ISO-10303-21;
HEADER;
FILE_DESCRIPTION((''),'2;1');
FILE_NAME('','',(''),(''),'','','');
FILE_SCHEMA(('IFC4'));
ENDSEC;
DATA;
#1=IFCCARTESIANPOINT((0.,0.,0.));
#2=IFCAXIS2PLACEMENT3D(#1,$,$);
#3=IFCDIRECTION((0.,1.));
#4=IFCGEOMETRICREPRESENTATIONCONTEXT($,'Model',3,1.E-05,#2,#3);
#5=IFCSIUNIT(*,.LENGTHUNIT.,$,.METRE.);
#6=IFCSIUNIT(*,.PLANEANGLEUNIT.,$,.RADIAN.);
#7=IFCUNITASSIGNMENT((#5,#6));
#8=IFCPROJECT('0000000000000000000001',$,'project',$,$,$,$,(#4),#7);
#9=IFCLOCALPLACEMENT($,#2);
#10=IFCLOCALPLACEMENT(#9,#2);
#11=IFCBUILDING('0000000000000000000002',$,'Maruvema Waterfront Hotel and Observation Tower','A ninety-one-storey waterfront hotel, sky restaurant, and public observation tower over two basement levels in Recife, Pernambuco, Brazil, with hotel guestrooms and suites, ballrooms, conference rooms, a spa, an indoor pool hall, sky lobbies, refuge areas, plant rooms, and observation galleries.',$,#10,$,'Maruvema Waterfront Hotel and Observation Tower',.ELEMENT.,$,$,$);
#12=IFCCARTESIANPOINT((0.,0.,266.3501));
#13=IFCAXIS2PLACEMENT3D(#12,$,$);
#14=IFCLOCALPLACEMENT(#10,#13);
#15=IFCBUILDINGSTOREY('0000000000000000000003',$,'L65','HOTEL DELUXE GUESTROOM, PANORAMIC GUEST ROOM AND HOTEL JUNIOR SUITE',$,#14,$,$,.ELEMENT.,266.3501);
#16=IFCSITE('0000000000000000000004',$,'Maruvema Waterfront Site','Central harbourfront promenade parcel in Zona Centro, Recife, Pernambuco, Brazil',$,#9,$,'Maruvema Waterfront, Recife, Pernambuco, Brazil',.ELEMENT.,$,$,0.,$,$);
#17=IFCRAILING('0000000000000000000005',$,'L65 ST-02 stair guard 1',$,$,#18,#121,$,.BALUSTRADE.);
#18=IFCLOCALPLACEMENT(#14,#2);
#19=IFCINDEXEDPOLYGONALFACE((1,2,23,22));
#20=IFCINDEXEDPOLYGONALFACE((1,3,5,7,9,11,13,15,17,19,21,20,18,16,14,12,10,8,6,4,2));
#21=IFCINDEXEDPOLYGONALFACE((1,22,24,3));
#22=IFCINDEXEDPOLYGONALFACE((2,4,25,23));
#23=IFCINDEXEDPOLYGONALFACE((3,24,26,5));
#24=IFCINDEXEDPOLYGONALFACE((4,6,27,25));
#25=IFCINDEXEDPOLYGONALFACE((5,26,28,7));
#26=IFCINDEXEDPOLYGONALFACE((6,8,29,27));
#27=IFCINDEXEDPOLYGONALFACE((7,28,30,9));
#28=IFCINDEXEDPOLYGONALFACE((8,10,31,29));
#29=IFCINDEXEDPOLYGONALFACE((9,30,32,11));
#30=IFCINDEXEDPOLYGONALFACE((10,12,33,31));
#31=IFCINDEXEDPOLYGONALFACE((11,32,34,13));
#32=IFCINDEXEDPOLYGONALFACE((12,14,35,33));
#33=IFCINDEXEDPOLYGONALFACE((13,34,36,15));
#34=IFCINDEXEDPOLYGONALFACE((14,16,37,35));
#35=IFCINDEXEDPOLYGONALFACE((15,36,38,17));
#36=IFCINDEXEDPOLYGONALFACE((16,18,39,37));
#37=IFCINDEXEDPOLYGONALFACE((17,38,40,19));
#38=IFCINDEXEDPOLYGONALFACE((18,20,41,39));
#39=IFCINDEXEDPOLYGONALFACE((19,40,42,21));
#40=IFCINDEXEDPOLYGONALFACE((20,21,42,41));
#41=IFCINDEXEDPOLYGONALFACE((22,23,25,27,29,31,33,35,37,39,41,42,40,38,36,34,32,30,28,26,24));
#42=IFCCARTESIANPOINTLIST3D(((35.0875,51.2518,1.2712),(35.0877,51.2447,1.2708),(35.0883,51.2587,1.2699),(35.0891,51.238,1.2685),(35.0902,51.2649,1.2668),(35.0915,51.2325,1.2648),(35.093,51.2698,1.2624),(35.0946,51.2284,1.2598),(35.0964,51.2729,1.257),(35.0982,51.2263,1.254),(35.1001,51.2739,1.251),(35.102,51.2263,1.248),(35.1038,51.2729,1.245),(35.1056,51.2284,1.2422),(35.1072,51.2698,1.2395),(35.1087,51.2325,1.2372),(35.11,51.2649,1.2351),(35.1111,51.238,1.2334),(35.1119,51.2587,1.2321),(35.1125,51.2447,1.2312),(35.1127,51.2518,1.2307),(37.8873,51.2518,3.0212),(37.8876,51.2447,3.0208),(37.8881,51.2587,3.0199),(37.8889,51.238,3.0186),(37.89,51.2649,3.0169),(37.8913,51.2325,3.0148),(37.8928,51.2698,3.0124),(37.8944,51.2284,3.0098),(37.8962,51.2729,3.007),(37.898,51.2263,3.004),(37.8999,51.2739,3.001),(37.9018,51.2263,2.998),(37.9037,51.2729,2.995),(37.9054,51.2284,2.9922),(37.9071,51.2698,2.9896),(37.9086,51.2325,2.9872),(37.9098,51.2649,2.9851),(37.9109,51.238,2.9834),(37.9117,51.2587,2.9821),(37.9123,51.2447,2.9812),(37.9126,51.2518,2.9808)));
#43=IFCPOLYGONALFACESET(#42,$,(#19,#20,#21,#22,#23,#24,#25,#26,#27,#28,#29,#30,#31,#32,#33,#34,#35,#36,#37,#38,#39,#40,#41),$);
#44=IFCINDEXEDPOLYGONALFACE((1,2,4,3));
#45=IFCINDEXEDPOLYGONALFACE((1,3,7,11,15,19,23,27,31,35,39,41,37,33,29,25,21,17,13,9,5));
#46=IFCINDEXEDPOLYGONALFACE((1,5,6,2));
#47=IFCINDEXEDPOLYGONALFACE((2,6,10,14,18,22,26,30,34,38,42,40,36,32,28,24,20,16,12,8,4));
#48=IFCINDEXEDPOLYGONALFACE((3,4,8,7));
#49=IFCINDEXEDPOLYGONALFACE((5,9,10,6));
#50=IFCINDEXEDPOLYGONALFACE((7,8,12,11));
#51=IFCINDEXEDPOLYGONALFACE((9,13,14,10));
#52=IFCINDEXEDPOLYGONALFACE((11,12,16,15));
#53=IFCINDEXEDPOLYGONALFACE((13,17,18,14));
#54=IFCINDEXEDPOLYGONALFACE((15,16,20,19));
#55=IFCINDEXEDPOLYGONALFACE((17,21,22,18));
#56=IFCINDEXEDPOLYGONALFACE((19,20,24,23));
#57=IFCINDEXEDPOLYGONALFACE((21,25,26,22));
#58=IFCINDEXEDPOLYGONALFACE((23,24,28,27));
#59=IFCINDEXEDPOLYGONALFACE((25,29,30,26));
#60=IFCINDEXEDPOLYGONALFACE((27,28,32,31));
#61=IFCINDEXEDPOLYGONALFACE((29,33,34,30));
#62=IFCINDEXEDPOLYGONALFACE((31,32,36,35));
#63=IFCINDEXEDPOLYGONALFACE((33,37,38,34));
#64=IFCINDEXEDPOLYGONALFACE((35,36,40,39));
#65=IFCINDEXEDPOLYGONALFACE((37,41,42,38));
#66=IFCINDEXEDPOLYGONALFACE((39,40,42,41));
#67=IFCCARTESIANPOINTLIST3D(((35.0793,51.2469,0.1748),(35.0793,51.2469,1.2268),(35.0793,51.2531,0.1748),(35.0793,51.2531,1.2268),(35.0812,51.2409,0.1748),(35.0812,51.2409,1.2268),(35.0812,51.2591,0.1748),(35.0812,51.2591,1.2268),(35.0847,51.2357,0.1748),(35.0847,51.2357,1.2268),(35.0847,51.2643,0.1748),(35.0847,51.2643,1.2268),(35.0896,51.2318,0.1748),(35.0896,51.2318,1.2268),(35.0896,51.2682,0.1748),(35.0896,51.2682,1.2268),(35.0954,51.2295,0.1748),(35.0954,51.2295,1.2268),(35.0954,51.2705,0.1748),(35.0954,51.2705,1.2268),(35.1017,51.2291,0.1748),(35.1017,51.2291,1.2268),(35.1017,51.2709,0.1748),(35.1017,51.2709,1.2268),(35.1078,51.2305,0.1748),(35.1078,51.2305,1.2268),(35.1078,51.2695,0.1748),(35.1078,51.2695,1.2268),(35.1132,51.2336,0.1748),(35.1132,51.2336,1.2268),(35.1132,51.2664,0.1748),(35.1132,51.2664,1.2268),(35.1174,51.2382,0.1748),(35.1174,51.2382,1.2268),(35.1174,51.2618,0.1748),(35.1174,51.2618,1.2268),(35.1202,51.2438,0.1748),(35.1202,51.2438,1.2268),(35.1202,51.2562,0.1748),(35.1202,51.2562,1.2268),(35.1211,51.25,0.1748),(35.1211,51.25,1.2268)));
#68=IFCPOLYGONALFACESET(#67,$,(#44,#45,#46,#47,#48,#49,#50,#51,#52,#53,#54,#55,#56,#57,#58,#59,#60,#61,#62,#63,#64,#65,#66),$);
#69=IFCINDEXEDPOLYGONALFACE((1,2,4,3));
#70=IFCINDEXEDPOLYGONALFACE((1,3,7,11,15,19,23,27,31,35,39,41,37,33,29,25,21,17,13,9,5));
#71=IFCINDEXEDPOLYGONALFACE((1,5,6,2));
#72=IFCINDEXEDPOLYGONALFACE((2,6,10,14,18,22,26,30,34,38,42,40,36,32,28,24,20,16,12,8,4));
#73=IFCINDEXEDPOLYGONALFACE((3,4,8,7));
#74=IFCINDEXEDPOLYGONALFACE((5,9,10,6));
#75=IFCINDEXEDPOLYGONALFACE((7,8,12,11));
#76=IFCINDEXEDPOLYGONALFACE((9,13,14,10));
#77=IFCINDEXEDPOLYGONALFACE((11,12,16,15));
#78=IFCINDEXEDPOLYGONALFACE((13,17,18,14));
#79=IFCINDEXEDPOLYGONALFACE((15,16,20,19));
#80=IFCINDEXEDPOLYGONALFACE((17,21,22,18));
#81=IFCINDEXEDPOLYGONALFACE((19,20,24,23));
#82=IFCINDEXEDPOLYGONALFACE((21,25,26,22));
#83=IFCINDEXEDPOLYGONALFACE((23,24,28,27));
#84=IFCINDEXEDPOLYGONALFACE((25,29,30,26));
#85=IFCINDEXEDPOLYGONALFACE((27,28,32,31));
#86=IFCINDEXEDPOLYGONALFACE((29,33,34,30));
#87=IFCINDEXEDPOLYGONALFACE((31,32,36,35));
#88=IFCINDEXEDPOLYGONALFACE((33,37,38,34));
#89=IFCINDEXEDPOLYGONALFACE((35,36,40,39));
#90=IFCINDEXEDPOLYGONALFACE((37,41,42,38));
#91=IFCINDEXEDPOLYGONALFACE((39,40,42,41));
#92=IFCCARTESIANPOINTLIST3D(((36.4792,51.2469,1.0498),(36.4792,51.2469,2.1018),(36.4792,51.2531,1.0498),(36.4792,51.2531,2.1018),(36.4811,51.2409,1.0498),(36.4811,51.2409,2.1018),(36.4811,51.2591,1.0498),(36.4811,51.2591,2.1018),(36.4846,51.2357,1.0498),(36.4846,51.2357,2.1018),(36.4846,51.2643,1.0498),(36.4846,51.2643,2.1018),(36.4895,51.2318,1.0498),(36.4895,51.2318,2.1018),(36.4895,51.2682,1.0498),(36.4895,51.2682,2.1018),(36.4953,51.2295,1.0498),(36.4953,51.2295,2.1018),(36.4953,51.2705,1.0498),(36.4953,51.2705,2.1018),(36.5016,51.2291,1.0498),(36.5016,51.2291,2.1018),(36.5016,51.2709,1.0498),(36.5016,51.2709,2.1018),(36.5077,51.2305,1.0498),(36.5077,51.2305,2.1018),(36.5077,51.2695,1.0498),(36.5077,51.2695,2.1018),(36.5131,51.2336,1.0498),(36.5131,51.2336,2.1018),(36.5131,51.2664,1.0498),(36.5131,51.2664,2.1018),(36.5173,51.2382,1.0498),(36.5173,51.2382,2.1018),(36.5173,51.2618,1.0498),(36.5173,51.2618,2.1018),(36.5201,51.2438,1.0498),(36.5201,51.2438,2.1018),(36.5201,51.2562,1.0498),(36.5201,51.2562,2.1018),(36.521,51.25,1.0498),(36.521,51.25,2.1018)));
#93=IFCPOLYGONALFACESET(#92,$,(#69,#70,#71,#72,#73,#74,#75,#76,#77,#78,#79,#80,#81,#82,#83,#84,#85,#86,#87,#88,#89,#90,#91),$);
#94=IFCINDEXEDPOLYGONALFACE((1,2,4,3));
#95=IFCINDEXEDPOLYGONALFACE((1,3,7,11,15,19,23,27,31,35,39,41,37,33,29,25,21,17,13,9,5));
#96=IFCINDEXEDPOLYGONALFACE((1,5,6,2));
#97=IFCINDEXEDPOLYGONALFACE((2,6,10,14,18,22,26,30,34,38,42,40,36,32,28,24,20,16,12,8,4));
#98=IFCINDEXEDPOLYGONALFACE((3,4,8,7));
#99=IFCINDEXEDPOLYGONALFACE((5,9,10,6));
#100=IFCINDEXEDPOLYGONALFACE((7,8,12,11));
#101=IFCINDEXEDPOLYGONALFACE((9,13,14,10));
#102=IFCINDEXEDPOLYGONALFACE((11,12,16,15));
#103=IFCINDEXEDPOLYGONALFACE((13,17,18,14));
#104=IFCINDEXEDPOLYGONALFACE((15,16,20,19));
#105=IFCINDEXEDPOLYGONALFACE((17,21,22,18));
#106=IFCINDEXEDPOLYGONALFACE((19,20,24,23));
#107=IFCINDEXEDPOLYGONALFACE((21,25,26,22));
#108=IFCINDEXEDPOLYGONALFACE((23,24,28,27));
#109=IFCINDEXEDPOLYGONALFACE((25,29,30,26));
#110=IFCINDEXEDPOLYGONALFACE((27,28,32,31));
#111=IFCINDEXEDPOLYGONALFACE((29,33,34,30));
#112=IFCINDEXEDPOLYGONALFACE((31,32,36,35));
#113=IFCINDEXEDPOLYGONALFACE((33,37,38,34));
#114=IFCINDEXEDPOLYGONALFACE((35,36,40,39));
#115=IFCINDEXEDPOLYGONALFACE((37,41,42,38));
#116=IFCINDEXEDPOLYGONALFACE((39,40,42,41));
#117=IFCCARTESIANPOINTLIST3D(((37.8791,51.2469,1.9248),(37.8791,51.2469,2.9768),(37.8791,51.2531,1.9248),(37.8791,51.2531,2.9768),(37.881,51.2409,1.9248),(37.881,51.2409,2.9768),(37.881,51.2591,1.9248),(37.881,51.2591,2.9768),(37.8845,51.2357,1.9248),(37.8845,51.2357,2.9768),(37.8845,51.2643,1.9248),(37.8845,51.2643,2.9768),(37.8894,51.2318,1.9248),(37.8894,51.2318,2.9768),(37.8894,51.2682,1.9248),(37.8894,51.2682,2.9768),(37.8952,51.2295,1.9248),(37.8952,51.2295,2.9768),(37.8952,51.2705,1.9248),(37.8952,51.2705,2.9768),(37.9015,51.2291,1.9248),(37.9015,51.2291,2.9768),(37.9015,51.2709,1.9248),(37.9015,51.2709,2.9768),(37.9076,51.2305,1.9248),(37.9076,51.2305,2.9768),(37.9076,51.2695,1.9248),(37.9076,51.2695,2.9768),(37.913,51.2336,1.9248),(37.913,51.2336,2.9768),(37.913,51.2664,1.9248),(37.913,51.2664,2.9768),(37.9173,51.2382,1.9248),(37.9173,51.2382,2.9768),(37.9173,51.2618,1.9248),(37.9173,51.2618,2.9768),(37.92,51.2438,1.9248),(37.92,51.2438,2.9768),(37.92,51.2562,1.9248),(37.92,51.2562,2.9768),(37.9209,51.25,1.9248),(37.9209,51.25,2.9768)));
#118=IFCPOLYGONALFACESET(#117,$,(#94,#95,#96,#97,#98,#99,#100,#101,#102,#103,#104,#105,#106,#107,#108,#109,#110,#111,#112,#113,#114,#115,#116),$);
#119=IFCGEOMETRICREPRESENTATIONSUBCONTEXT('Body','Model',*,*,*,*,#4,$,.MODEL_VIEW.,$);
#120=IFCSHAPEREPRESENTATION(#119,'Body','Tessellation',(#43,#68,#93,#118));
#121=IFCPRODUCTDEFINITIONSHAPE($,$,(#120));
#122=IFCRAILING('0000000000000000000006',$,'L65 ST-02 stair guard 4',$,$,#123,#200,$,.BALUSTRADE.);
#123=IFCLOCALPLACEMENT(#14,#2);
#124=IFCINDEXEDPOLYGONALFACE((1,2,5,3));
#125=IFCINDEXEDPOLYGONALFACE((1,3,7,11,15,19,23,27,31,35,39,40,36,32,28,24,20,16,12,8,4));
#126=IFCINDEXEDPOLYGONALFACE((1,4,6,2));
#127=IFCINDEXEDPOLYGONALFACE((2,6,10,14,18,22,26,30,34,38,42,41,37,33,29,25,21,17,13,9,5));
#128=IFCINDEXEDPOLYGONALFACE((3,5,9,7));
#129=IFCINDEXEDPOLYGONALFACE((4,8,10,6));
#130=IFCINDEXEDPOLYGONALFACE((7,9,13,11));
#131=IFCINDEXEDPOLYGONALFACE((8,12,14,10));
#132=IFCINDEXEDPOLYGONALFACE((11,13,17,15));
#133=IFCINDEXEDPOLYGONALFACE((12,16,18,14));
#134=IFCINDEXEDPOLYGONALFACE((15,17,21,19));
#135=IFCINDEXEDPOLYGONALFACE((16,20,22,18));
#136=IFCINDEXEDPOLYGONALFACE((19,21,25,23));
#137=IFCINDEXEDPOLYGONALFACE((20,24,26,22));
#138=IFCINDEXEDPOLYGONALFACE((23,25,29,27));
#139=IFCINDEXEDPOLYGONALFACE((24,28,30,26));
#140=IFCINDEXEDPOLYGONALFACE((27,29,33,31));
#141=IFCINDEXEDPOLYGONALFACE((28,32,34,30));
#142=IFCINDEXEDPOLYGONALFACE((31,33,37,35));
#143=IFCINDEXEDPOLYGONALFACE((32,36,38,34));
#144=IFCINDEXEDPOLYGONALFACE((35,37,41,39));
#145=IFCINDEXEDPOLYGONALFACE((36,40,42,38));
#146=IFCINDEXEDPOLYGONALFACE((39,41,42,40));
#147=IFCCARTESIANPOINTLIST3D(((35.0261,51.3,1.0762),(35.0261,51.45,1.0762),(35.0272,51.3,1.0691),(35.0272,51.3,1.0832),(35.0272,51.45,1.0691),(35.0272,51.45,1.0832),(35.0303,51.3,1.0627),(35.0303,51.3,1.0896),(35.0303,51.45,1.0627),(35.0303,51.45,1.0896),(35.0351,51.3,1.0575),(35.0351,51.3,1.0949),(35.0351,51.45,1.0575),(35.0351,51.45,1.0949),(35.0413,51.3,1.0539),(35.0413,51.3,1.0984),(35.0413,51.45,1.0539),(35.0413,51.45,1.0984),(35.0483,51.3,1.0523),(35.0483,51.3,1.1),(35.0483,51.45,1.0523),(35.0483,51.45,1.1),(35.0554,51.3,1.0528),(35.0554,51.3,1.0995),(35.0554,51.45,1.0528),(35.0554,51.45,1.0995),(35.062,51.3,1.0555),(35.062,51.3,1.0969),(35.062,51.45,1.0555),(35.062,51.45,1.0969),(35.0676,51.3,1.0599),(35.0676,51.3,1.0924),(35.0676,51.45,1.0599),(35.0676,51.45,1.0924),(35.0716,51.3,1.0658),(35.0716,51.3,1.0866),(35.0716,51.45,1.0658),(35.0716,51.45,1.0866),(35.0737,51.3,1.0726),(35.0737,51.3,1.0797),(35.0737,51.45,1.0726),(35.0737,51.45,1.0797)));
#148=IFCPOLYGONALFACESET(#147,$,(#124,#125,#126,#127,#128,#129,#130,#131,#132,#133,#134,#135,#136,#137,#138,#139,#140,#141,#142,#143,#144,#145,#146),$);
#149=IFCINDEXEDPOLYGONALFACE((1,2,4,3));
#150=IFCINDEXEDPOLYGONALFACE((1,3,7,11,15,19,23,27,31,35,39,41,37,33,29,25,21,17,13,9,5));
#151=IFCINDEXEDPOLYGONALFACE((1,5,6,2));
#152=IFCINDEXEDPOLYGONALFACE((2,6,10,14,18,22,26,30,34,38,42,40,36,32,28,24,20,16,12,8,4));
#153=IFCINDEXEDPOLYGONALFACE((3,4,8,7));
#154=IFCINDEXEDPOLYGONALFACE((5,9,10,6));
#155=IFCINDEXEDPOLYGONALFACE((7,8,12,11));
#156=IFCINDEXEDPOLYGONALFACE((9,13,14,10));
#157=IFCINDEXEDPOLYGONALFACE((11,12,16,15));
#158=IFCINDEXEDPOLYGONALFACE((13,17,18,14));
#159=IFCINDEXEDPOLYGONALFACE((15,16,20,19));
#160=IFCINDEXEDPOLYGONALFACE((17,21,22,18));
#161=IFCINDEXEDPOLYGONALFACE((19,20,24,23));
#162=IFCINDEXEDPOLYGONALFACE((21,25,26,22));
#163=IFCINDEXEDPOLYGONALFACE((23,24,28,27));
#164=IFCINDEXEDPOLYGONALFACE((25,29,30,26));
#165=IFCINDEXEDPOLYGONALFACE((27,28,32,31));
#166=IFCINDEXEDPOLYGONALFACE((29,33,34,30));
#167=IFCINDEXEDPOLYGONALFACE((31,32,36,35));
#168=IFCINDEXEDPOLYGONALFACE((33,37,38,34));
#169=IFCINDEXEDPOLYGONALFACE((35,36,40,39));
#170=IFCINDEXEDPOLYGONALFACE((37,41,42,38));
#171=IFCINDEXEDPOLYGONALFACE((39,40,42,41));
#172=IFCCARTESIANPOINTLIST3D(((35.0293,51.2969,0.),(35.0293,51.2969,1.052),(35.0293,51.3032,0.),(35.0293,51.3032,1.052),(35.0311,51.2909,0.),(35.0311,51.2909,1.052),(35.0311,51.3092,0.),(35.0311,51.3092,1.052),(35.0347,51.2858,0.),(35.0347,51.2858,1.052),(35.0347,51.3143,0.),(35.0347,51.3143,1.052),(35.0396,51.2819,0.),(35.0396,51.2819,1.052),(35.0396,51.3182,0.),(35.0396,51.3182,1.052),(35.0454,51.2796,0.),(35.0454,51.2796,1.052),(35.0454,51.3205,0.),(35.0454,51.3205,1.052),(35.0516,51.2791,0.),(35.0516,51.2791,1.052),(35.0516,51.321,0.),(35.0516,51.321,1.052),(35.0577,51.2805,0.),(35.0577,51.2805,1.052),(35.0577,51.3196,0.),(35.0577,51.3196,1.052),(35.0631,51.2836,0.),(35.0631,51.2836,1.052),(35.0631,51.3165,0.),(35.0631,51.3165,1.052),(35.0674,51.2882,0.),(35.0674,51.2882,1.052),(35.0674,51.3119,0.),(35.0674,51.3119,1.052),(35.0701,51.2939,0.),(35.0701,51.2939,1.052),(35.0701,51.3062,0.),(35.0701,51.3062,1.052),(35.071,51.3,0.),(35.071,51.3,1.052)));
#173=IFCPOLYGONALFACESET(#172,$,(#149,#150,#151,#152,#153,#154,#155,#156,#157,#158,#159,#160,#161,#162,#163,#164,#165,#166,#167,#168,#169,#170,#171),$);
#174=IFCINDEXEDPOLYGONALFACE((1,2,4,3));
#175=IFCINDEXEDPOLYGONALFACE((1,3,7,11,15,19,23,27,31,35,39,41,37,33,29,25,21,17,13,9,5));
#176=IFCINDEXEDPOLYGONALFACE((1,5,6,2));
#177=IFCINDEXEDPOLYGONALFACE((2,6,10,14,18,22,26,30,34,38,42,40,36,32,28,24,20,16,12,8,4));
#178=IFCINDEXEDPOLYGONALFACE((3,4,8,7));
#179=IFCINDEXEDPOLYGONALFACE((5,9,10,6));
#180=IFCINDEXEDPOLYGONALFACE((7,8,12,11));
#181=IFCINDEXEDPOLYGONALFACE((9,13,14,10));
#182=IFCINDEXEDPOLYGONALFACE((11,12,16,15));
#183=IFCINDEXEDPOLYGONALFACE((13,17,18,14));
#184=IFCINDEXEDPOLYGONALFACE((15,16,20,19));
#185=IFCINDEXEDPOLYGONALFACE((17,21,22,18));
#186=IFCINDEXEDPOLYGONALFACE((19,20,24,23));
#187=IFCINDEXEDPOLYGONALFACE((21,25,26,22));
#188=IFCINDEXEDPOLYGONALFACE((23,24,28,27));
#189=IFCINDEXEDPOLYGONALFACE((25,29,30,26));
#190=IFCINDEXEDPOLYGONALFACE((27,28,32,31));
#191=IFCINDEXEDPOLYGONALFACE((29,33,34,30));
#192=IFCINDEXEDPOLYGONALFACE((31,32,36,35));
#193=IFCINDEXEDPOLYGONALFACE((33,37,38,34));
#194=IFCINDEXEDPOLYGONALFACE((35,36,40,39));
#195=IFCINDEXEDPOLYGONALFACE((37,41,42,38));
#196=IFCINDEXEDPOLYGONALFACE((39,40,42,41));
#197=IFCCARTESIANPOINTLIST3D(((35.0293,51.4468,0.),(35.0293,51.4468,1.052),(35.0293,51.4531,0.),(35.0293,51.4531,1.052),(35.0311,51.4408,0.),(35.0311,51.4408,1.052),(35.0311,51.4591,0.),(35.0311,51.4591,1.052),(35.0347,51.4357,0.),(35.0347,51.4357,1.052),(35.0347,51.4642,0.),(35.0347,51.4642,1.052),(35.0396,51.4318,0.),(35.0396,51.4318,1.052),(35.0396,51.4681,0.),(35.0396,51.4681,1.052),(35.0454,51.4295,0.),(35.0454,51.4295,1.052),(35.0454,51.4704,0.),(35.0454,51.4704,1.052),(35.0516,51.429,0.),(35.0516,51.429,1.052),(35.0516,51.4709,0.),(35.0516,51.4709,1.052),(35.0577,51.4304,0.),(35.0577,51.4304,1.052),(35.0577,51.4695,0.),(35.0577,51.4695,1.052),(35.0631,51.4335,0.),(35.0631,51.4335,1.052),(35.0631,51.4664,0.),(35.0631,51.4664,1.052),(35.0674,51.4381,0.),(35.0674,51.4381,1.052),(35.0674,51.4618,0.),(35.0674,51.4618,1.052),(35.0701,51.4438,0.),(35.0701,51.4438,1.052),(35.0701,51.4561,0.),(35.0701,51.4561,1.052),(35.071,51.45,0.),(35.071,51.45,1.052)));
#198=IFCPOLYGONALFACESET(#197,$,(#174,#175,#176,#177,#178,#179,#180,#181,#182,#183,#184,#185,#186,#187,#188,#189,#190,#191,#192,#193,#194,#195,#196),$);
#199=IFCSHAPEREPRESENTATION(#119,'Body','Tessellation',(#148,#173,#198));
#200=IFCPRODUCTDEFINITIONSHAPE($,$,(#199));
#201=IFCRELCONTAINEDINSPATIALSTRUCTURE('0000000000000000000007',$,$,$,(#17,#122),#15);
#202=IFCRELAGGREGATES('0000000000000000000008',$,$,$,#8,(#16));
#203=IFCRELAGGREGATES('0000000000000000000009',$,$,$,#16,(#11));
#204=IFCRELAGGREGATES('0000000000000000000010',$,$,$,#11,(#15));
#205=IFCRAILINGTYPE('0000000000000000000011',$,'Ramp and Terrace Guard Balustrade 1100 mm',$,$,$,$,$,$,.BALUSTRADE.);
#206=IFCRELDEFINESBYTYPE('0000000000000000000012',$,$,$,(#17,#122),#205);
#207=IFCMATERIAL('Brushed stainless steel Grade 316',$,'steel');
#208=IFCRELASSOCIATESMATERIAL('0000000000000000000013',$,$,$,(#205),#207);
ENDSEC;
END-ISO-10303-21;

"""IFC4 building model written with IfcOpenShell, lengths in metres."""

from ifc_helpers import new_model, si_unit, direction, frame, origin, origin_2d, place, context, subcontext, project, spatial, circle, extrude, material, type_object, element, save


model = new_model("IFC4")

# Units and contexts
model_context = context("Model", 3, precision=1e-05, world=origin(), true_north=direction((0.0, 1.0)))
body_context = subcontext(model_context, "Body", "Model", "MODEL_VIEW")
ifc_project = project(units=[si_unit("LENGTHUNIT", "METRE"), si_unit("PLANEANGLEUNIT", "RADIAN")], contexts=[model_context])

# Site, building, storey
site_placement = place(None, origin())
site = spatial("IfcSite", under=ifc_project, at=site_placement, Name="Maruvema Waterfront Site", Description="Central harbourfront promenade parcel in Zona Centro, Recife, Pernambuco, Brazil", LongName="Maruvema Waterfront, Recife, Pernambuco, Brazil", CompositionType="ELEMENT", RefElevation=0.0)
building_placement = place(site_placement, origin())
building = spatial("IfcBuilding", under=site, at=building_placement, Name="Maruvema Waterfront Hotel and Observation Tower", Description="A ninety-one-storey waterfront hotel, sky restaurant, and public observation tower over two basement levels in Recife, Pernambuco, Brazil, with hotel guestrooms and suites, ballrooms, conference rooms, a spa, an indoor pool hall, sky lobbies, refuge areas, plant rooms, and observation galleries.", LongName="Maruvema Waterfront Hotel and Observation Tower", CompositionType="ELEMENT")
storey_placement = place(building_placement, frame((0.0, 0.0, 266.3501)))
storey = spatial("IfcBuildingStorey", under=building, at=storey_placement, Name="L65", Description="HOTEL DELUXE GUESTROOM, PANORAMIC GUEST ROOM AND HOTEL JUNIOR SUITE", CompositionType="ELEMENT", Elevation=266.3501)

# Railings
ifc_material_1 = material(Name="Brushed stainless steel Grade 316", Category="steel")
railing_type_1 = type_object("IfcRailingType", Name="Ramp and Terrace Guard Balustrade 1100 mm", PredefinedType="BALUSTRADE", material=ifc_material_1)
railing_1_placement = place(storey_placement, frame((35.1001, 51.25, 0.1748)))
element("IfcRailing", 1, at=railing_1_placement, inside=storey, type_object=railing_type_1, Name="L65 ST-02 stair guard 1", PredefinedType="BALUSTRADE", context=body_context, shape_type="SweptSolid", body=[
    extrude(circle(Radius=0.0239, at=origin_2d()), frame((0.0, 0.0, 1.0762), z_axis=(0.847982, 0.0, 0.530026), x_axis=(0.0, 1.0, 0.0)), (0.0, 0.0, 1.0), 3.3018),
    extrude(circle(Radius=0.021, at=origin_2d()), origin(), (0.0, 0.0, 1.0), 1.052),
    extrude(circle(Radius=0.021, at=origin_2d()), frame((1.3999, 0.0, 0.875)), (0.0, 0.0, 1.0), 1.052),
    extrude(circle(Radius=0.021, at=origin_2d()), frame((2.7998, 0.0, 1.75)), (0.0, 0.0, 1.0), 1.052),
])
railing_2_placement = place(storey_placement, frame((35.05, 51.3, 0.0)))
element("IfcRailing", 2, at=railing_2_placement, inside=storey, type_object=railing_type_1, Name="L65 ST-02 stair guard 4", PredefinedType="BALUSTRADE", context=body_context, shape_type="SweptSolid", body=[
    extrude(circle(Radius=0.0239, at=origin_2d()), frame((0.0, 0.0, 1.0762), z_axis=(0.0, 1.0, 0.0), x_axis=(-1.0, 0.0, 0.0)), (0.0, 0.0, 1.0), 0.1499),
    extrude(circle(Radius=0.021, at=origin_2d()), origin(), (0.0, 0.0, 1.0), 1.052),
    extrude(circle(Radius=0.021, at=origin_2d()), frame((0.0, 0.1499, 0.0)), (0.0, 0.0, 1.0), 1.052),
])

save(model, "model.ifc")
